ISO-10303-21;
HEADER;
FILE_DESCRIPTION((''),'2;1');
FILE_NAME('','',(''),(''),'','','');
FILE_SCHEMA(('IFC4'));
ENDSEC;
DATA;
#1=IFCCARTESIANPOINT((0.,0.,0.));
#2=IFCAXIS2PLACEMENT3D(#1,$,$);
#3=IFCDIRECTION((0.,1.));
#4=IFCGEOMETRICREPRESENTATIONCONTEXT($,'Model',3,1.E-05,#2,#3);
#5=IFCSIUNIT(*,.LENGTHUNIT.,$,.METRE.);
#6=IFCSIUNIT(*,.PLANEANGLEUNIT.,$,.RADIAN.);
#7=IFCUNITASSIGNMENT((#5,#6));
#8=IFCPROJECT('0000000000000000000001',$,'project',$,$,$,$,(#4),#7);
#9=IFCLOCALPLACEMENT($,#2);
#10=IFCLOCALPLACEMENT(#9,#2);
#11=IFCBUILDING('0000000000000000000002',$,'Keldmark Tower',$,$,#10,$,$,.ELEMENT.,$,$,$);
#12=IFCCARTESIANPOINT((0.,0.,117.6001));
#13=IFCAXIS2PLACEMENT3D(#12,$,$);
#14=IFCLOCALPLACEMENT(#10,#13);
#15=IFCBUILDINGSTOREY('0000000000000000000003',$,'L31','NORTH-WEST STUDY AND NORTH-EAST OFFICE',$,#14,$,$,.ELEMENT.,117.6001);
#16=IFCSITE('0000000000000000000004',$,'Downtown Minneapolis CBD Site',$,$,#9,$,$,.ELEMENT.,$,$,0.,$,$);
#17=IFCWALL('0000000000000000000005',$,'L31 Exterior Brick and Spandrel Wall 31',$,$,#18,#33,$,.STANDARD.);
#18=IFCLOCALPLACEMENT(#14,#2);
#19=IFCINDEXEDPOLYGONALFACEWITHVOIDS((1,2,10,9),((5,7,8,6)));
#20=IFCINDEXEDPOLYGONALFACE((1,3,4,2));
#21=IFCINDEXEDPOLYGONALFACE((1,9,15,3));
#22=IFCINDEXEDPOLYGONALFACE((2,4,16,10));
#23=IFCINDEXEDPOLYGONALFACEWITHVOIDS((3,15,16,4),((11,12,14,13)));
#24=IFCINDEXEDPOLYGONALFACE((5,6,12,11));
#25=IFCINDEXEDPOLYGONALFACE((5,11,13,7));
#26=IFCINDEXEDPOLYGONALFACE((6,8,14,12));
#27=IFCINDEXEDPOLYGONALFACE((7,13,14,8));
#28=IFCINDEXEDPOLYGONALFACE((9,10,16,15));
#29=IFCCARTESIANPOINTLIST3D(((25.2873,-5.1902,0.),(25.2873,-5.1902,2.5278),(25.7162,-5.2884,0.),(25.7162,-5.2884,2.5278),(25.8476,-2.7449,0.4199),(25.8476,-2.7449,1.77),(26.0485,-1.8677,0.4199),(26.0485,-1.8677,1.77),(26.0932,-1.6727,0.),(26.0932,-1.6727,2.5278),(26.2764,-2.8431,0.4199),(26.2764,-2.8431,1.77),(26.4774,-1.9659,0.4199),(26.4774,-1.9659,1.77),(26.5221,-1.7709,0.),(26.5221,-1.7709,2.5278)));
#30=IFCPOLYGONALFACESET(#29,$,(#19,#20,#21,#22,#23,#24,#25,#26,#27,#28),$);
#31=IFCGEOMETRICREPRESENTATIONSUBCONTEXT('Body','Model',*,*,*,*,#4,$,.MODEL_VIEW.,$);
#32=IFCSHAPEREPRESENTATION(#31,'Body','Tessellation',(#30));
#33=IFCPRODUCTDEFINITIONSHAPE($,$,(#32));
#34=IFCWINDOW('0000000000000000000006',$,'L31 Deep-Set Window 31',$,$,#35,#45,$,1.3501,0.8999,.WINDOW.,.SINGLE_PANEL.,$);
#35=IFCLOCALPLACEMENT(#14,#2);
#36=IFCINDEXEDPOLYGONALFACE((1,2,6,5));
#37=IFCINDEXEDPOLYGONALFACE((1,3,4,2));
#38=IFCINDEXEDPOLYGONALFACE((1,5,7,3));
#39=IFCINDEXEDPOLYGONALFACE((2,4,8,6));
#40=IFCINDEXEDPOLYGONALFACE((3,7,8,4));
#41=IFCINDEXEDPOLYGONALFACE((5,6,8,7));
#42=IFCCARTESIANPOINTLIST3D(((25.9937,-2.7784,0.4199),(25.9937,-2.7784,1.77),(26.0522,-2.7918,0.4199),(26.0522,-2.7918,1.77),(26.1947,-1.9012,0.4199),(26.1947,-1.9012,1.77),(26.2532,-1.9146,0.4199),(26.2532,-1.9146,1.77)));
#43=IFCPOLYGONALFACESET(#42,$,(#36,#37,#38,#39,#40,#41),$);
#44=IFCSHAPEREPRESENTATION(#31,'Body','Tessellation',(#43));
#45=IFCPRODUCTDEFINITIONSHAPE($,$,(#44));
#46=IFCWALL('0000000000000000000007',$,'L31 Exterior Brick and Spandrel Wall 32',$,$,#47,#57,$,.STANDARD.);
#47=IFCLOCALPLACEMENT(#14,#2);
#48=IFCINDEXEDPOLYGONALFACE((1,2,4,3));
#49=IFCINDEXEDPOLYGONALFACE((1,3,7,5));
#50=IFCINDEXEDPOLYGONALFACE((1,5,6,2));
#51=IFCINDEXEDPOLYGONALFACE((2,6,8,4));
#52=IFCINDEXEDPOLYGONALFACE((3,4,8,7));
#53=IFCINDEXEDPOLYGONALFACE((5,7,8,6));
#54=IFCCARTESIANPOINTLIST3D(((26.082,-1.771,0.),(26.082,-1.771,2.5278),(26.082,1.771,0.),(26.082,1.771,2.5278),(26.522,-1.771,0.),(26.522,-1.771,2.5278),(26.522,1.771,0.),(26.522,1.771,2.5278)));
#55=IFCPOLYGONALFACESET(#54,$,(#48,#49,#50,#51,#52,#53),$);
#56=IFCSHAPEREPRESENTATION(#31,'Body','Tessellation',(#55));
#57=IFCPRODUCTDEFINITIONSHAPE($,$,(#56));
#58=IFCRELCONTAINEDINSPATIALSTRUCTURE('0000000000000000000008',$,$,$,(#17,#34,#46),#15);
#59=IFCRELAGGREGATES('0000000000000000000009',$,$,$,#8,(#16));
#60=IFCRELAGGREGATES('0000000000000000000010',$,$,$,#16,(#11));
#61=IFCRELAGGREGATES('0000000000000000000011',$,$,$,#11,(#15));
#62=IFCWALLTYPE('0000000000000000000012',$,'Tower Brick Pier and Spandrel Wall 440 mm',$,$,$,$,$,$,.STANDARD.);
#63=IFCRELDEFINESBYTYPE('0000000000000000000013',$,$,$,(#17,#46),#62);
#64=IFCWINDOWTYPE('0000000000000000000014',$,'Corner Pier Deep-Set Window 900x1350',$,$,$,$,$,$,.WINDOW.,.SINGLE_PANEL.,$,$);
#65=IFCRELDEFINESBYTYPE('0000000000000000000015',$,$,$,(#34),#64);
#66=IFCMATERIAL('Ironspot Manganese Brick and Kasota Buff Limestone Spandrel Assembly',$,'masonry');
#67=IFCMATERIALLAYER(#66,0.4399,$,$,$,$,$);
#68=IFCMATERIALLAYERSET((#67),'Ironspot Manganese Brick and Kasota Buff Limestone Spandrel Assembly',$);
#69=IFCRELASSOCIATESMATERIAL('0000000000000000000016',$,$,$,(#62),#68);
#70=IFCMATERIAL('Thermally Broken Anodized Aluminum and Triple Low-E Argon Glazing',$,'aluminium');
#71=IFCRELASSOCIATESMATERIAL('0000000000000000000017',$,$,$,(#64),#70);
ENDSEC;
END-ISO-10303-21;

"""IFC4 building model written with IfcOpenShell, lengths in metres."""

from ifc_helpers import new_model, si_unit, direction, frame, frame_2d, origin, place, context, subcontext, project, spatial, rectangle, extrude, material, layer, layer_set, type_object, element, fill, save


model = new_model("IFC4")

# Units and contexts
model_context = context("Model", 3, precision=1e-05, world=origin(), true_north=direction((0.0, 1.0)))
body_context = subcontext(model_context, "Body", "Model", "MODEL_VIEW")
ifc_project = project(units=[si_unit("LENGTHUNIT", "METRE"), si_unit("PLANEANGLEUNIT", "RADIAN")], contexts=[model_context])

# Site, building, storey
site_placement = place(None, origin())
site = spatial("IfcSite", under=ifc_project, at=site_placement, Name="Downtown Minneapolis CBD Site", CompositionType="ELEMENT", RefElevation=0.0)
building_placement = place(site_placement, origin())
building = spatial("IfcBuilding", under=site, at=building_placement, Name="Keldmark Tower", CompositionType="ELEMENT")
storey_placement = place(building_placement, frame((0.0, 0.0, 117.6001)))
storey = spatial("IfcBuildingStorey", under=building, at=storey_placement, Name="L31", Description="NORTH-WEST STUDY AND NORTH-EAST OFFICE", CompositionType="ELEMENT", Elevation=117.6001)

# Wall, opening, window
ifc_material_1 = material(Name="Ironspot Manganese Brick and Kasota Buff Limestone Spandrel Assembly", Category="masonry")
ifc_layer_1 = layer(ifc_material_1, 0.4399)
ifc_layer_set_1 = layer_set([ifc_layer_1], Name="Ironspot Manganese Brick and Kasota Buff Limestone Spandrel Assembly")
wall_type_1 = type_object("IfcWallType", Name="Tower Brick Pier and Spandrel Wall 440 mm", PredefinedType="STANDARD", material=ifc_layer_set_1)
ifc_material_2 = material(Name="Thermally Broken Anodized Aluminum and Triple Low-E Argon Glazing", Category="aluminium")
window_type = type_object("IfcWindowType", Name="Corner Pier Deep-Set Window 900x1350", PartitioningType="SINGLE_PANEL", PredefinedType="WINDOW", material=ifc_material_2)
wall_1_placement = place(storey_placement, frame((26.3076, -1.7219, 0.0), z_axis=(0.0, 0.0, 1.0), x_axis=(-0.223323, -0.974745, 0.0)))
wall_1 = element("IfcWall", 1, at=wall_1_placement, inside=storey, type_object=wall_type_1, Name="L31 Exterior Brick and Spandrel Wall 31", PredefinedType="STANDARD", context=body_context, shape_type="SweptSolid", body=[
    extrude(rectangle(XDim=3.6086, YDim=0.4399, at=frame_2d((1.8042, 0.0))), origin(), (0.0, 0.0, 1.0), 2.5278),
])
opening_1_placement = place(wall_1_placement, frame((0.2, 0.0, 0.4199)))
opening_1 = element("IfcOpeningElement", 2, at=opening_1_placement, cuts=wall_1, PredefinedType="OPENING", context=body_context, shape_type="SweptSolid", body=[
    extrude(rectangle(XDim=0.8999, YDim=1.3501, at=frame_2d((0.45, 0.675))), frame((0.0, 0.23, 0.0), z_axis=(0.0, -1.0, 0.0), x_axis=(1.0, 0.0, 0.0)), (0.0, 0.0, 1.0), 0.46),
])
window_1_placement = place(opening_1_placement, origin())
window_1 = element("IfcWindow", 3, at=window_1_placement, inside=storey, type_object=window_type, Name="L31 Deep-Set Window 31", OverallHeight=1.3501, OverallWidth=0.8999, PartitioningType="SINGLE_PANEL", PredefinedType="WINDOW", context=body_context, shape_type="SweptSolid", body=[
    extrude(rectangle(XDim=0.8999, YDim=1.3501, at=frame_2d((0.45, 0.675))), frame((0.0, -0.01, 0.0), z_axis=(0.0, -1.0, 0.0), x_axis=(1.0, 0.0, 0.0)), (0.0, 0.0, 1.0), 0.0601),
])
fill(opening_1, window_1)

# Wall
wall_2_placement = place(storey_placement, frame((26.302, 1.771, 0.0), z_axis=(0.0, 0.0, 1.0), x_axis=(0.0, -1.0, 0.0)))
element("IfcWall", 4, at=wall_2_placement, inside=storey, type_object=wall_type_1, Name="L31 Exterior Brick and Spandrel Wall 32", PredefinedType="STANDARD", context=body_context, shape_type="SweptSolid", body=[
    extrude(rectangle(XDim=3.542, YDim=0.4399, at=frame_2d((1.771, 0.0))), origin(), (0.0, 0.0, 1.0), 2.5278),
])

save(model, "model.ifc")
